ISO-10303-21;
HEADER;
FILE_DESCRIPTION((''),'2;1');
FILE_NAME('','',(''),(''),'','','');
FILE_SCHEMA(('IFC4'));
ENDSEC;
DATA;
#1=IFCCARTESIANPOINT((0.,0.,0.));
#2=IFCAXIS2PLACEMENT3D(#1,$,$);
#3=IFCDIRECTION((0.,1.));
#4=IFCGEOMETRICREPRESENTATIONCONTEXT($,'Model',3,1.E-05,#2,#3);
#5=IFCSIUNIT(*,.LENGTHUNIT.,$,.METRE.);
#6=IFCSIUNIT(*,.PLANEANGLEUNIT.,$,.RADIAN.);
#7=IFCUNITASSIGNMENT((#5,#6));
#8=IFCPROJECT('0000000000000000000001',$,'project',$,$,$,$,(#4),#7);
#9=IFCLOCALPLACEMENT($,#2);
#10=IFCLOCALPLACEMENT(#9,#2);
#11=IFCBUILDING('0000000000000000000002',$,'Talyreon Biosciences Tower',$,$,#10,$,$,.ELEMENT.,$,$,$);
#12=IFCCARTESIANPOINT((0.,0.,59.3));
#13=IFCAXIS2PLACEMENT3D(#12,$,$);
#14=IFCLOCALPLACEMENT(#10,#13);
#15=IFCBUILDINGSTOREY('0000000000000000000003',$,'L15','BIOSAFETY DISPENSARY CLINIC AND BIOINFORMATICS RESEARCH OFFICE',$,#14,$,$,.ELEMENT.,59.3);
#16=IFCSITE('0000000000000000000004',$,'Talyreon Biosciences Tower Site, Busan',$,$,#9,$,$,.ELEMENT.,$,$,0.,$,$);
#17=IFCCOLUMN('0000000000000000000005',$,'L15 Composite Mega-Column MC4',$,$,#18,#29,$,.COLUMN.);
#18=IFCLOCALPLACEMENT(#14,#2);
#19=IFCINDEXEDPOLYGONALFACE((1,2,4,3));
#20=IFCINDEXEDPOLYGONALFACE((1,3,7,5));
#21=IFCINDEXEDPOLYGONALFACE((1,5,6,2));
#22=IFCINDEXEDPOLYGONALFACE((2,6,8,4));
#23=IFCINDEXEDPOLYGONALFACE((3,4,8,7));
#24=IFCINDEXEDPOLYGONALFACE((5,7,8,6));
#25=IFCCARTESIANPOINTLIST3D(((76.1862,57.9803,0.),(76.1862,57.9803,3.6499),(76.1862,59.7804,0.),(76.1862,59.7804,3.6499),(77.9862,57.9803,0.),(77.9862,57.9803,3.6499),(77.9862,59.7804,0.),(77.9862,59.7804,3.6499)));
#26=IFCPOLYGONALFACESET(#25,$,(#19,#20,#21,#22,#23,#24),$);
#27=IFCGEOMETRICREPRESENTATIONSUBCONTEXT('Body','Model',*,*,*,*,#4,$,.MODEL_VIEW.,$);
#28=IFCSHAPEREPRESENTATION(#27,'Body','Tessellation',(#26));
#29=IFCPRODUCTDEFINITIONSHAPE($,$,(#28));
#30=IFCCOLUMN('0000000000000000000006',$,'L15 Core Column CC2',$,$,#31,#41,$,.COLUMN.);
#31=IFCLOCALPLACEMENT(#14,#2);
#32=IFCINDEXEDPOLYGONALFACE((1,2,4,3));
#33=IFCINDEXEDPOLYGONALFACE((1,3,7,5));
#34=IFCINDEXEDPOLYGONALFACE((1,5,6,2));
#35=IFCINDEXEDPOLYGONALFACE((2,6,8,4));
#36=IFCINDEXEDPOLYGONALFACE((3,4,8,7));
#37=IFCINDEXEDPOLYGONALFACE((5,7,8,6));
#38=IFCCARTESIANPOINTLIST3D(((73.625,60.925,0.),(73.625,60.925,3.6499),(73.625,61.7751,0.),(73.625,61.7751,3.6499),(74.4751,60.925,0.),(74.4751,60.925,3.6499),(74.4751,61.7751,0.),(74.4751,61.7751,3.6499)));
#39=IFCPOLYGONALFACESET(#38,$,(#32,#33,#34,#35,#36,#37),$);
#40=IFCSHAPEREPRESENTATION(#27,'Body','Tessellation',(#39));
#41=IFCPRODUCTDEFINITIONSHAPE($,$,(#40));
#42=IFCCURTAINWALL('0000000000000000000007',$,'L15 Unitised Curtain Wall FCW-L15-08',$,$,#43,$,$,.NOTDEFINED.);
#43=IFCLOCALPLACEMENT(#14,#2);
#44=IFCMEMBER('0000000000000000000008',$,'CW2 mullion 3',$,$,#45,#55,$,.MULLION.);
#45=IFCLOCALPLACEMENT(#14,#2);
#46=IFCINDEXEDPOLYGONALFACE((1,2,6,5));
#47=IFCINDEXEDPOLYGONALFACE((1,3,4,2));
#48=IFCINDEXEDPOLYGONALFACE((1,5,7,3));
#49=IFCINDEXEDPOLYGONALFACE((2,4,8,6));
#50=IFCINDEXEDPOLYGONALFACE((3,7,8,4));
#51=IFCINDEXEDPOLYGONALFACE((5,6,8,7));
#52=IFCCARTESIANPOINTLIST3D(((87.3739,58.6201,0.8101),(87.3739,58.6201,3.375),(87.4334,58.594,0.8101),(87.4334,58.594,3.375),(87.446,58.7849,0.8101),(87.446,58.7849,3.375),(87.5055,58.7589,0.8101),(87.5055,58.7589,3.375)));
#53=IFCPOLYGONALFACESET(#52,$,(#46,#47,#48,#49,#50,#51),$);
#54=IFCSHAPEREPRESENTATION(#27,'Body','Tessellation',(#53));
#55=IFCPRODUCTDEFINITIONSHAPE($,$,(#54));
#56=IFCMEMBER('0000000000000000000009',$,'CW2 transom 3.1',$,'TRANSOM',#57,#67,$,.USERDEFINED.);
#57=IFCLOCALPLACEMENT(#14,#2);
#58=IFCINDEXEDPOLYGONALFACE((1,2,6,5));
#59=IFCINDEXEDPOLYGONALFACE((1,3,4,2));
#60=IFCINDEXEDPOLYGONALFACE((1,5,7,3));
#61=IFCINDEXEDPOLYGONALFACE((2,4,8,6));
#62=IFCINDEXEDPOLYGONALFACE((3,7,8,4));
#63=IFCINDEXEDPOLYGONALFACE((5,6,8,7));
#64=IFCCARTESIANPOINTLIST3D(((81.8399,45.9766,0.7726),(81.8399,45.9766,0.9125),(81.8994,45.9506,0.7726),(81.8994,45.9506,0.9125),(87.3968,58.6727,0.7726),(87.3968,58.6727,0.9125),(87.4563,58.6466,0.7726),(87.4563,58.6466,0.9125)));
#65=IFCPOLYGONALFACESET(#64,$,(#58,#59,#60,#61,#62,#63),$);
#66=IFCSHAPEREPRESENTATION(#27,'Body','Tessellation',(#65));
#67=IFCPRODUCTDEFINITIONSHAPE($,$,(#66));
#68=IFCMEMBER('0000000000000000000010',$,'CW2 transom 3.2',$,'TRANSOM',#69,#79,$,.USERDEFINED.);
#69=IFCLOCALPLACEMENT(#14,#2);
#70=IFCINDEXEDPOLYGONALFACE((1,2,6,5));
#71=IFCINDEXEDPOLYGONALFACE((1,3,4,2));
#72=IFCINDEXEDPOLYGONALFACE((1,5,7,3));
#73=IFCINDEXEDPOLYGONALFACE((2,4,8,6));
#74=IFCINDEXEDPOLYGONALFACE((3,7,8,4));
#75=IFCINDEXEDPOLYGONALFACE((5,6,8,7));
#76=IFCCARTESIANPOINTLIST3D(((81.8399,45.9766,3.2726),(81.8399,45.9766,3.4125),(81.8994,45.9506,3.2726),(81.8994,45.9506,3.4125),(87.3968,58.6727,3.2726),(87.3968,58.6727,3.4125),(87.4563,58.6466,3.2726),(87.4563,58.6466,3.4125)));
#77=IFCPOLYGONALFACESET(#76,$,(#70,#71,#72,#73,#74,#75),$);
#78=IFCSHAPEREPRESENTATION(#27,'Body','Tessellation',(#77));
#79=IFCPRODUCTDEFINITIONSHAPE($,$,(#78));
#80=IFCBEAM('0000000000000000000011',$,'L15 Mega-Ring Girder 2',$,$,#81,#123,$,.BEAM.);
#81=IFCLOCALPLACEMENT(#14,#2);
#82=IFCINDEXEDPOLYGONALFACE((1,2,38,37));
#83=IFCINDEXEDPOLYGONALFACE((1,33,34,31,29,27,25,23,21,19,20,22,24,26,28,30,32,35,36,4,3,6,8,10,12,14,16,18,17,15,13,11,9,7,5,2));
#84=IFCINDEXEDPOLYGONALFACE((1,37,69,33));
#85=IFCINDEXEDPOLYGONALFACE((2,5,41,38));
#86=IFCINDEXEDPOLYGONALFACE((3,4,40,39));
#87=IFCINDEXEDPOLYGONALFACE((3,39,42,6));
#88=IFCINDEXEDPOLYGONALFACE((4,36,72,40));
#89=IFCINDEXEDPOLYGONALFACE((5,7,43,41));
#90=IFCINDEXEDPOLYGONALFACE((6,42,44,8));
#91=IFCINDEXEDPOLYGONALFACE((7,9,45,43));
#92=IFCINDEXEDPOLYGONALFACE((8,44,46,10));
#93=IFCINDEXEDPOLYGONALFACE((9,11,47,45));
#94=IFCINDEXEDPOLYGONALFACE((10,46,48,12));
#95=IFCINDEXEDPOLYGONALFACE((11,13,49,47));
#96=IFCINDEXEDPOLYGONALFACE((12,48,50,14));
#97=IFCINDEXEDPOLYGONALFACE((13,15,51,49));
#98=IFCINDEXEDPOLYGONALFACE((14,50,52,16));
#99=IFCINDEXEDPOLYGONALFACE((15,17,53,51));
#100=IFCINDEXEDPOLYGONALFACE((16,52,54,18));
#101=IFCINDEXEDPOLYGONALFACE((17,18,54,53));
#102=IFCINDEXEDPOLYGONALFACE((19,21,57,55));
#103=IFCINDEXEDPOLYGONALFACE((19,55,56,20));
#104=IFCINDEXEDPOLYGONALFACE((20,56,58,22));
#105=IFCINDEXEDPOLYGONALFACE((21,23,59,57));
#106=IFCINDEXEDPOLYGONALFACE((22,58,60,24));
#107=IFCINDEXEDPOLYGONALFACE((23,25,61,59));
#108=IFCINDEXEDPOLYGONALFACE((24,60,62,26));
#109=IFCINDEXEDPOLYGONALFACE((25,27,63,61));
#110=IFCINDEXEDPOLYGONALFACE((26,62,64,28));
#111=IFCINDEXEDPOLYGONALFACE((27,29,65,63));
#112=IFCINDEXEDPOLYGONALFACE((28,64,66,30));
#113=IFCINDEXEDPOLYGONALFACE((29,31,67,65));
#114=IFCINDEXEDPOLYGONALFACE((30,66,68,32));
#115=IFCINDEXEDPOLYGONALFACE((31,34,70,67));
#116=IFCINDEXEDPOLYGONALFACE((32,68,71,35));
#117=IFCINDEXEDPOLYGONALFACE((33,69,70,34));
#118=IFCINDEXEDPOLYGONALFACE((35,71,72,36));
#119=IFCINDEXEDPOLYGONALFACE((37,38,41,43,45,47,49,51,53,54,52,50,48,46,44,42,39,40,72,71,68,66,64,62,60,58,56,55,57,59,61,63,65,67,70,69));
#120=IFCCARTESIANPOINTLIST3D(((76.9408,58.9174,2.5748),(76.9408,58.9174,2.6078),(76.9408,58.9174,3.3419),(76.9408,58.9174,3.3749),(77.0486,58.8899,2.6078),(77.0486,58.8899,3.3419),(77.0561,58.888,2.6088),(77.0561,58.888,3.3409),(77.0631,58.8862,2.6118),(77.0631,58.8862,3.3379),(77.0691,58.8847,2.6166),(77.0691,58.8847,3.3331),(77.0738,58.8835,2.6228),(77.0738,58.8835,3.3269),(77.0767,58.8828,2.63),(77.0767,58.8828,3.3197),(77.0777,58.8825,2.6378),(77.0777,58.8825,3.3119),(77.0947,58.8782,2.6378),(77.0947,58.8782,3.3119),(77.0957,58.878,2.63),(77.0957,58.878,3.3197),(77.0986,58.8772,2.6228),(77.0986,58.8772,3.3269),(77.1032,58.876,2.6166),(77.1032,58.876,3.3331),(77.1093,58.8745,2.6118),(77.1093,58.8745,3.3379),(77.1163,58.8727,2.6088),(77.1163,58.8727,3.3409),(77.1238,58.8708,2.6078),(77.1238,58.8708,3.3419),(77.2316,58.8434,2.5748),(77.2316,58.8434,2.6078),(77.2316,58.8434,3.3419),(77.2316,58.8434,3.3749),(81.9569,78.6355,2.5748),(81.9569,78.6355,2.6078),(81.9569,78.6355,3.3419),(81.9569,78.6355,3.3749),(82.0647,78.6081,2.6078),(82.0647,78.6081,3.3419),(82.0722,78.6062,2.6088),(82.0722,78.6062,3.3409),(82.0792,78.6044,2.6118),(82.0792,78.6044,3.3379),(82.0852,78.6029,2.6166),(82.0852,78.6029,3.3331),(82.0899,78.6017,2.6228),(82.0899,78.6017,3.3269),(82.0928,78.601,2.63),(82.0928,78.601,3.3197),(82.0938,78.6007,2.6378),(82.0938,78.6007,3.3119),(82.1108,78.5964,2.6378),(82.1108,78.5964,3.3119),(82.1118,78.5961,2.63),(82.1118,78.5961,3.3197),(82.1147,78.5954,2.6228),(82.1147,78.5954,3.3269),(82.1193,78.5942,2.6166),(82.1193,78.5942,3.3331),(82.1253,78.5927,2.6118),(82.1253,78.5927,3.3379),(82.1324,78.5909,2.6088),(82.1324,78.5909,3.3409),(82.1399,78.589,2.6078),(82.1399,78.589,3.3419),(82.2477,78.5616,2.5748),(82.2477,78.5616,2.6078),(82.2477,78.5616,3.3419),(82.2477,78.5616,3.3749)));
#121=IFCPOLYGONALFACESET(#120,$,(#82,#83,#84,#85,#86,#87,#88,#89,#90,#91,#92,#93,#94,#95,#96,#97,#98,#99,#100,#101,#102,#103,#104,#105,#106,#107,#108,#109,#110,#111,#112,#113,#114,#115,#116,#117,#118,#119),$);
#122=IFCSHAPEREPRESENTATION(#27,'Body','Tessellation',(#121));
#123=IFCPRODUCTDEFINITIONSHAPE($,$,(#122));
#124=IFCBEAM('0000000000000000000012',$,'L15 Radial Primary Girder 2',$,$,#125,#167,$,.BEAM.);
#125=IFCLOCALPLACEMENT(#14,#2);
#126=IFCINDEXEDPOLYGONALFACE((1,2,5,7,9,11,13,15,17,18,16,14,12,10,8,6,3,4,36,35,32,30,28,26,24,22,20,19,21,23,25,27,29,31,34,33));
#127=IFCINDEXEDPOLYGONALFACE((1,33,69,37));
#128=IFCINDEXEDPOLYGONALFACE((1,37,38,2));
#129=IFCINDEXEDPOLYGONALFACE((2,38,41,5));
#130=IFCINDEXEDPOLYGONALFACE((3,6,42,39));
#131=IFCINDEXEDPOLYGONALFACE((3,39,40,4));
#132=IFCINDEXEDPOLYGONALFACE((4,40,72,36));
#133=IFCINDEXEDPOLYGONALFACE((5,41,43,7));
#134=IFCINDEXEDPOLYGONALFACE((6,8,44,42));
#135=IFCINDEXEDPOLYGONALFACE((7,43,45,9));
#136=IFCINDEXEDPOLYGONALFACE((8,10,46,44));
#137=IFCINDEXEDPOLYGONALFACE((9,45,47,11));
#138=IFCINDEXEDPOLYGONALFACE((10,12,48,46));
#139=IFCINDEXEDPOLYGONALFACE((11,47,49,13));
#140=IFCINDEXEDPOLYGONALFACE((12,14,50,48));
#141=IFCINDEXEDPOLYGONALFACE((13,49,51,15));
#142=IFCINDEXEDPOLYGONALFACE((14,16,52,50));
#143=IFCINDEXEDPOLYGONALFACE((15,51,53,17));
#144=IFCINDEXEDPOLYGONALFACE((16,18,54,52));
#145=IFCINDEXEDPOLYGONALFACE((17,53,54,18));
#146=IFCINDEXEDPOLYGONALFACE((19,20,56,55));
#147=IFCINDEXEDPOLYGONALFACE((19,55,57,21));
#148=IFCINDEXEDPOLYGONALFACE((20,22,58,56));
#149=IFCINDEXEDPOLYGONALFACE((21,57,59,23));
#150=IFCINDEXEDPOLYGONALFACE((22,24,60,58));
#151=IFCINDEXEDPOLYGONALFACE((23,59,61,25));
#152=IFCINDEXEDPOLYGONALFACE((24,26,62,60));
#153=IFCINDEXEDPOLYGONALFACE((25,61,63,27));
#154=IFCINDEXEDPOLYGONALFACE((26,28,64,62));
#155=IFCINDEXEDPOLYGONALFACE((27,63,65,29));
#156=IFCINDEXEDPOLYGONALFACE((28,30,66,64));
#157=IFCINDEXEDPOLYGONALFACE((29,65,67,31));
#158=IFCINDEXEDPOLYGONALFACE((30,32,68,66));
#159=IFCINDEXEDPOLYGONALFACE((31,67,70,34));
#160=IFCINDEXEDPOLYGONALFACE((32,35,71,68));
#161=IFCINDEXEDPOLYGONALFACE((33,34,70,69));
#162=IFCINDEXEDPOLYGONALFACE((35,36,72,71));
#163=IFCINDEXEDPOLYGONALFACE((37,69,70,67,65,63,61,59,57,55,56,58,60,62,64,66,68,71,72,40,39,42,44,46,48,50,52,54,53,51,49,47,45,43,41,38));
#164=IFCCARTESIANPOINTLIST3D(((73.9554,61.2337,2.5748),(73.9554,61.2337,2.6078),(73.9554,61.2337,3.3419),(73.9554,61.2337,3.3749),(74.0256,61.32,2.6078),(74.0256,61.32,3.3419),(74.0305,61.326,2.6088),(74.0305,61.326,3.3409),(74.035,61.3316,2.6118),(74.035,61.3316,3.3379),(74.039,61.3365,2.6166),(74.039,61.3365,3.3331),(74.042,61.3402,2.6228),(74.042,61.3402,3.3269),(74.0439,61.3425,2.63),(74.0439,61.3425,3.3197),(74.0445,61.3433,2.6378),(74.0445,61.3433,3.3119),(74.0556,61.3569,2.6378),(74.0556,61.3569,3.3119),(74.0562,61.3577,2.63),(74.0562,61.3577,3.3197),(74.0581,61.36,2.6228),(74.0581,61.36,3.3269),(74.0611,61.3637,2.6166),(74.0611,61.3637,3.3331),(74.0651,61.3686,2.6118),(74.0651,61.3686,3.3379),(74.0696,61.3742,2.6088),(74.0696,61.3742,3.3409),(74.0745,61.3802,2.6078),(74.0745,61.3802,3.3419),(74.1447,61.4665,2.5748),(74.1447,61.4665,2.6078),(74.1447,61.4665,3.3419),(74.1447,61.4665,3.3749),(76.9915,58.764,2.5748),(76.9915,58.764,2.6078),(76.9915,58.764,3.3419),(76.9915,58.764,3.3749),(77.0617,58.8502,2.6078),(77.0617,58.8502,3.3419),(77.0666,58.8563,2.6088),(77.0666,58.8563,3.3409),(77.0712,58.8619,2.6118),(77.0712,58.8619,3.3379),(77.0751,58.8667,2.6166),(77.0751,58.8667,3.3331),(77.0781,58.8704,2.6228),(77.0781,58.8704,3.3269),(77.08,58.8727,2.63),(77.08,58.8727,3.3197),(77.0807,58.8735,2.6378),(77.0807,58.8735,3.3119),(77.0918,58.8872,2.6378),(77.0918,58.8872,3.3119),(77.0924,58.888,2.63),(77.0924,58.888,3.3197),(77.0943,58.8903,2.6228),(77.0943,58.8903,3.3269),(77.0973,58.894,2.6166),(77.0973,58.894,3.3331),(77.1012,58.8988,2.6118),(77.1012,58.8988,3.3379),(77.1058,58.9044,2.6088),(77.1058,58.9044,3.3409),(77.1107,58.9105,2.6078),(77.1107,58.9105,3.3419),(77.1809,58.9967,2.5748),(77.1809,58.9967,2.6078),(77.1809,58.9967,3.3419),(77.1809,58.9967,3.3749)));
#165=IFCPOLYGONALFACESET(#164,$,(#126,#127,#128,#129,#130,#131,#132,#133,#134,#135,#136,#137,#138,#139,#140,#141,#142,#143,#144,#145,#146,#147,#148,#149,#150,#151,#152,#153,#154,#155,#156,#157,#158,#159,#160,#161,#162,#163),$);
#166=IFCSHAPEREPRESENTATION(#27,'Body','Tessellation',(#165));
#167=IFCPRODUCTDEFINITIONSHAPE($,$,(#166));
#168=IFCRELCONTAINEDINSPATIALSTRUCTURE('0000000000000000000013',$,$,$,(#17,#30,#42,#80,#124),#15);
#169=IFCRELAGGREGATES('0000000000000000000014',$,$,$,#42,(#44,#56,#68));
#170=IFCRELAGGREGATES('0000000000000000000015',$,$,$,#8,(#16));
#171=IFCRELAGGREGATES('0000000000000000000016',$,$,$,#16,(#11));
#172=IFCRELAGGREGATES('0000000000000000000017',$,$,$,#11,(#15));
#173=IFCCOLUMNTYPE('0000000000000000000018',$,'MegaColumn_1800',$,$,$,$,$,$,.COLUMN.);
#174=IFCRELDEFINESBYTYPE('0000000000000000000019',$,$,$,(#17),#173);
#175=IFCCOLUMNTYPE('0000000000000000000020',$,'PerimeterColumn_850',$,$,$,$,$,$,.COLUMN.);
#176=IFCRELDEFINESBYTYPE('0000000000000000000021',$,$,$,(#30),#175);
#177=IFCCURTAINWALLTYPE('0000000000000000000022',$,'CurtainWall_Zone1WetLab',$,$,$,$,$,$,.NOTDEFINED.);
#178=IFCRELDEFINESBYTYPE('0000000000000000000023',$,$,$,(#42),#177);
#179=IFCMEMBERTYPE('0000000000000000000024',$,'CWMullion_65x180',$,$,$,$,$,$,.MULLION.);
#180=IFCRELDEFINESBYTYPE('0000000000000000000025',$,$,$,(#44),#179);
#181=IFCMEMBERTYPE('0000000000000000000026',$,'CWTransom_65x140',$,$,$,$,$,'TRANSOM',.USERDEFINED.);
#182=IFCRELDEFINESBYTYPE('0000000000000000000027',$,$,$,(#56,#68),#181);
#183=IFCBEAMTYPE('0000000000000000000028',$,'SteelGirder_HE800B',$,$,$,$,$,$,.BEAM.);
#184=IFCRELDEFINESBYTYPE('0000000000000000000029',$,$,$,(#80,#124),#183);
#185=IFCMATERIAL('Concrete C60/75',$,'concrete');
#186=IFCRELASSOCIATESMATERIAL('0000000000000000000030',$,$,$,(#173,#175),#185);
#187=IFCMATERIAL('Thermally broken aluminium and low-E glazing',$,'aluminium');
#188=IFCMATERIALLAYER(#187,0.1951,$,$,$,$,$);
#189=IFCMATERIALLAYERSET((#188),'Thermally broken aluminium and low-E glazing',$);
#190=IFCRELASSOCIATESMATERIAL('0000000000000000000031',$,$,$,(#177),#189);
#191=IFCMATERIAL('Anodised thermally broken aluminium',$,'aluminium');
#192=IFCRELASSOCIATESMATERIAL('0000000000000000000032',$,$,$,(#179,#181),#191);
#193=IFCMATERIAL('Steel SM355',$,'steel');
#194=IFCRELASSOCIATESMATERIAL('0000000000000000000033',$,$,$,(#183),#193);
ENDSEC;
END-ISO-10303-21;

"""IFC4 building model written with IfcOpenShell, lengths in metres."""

from ifc_helpers import new_model, si_unit, direction, frame, origin, origin_2d, place, context, subcontext, project, spatial, rectangle, i_section, extrude, material, layer, layer_set, material_profile, profile_set, type_object, element, aggregate, save


model = new_model("IFC4")

# Units and contexts
model_context = context("Model", 3, precision=1e-05, world=origin(), true_north=direction((0.0, 1.0)))
body_context = subcontext(model_context, "Body", "Model", "MODEL_VIEW")
ifc_project = project(units=[si_unit("LENGTHUNIT", "METRE"), si_unit("PLANEANGLEUNIT", "RADIAN")], contexts=[model_context])

# Site, building, storey
site_placement = place(None, origin())
site = spatial("IfcSite", under=ifc_project, at=site_placement, Name="Talyreon Biosciences Tower Site, Busan", CompositionType="ELEMENT", RefElevation=0.0)
building_placement = place(site_placement, origin())
building = spatial("IfcBuilding", under=site, at=building_placement, Name="Talyreon Biosciences Tower", CompositionType="ELEMENT")
storey_placement = place(building_placement, frame((0.0, 0.0, 59.3)))
storey = spatial("IfcBuildingStorey", under=building, at=storey_placement, Name="L15", Description="BIOSAFETY DISPENSARY CLINIC AND BIOINFORMATICS RESEARCH OFFICE", CompositionType="ELEMENT", Elevation=59.3)

# Columns
ifc_material_1 = material(Name="Concrete C60/75", Category="concrete")
ifc_material_profile_1 = material_profile(ifc_material_1, rectangle(XDim=1.8, YDim=1.8, at=origin_2d()), Name="RC 1800x1800")
ifc_profile_set_1 = profile_set([ifc_material_profile_1], Name="Concrete C60/75")
column_type_1 = type_object("IfcColumnType", Name="MegaColumn_1800", PredefinedType="COLUMN", material=ifc_profile_set_1)
column_1_placement = place(storey_placement, frame((77.0862, 58.8804, 0.0), z_axis=(0.0, 0.0, 1.0), x_axis=(1.0, 0.0, 0.0)))
element("IfcColumn", 1, at=column_1_placement, inside=storey, type_object=column_type_1, Name="L15 Composite Mega-Column MC4", PredefinedType="COLUMN", context=body_context, shape_type="SweptSolid", body=[
    extrude(rectangle(XDim=1.8, YDim=1.8, at=origin_2d()), origin(), (0.0, 0.0, 1.0), 3.6499),
])
ifc_material_profile_2 = material_profile(ifc_material_1, rectangle(XDim=0.8501, YDim=0.8501, at=origin_2d()), Name="RC 850x850")
ifc_profile_set_2 = profile_set([ifc_material_profile_2], Name="Concrete C60/75")
column_type_2 = type_object("IfcColumnType", Name="PerimeterColumn_850", PredefinedType="COLUMN", material=ifc_profile_set_2)
column_2_placement = place(storey_placement, frame((74.05, 61.3501, 0.0), z_axis=(0.0, 0.0, 1.0), x_axis=(1.0, 0.0, 0.0)))
element("IfcColumn", 2, at=column_2_placement, inside=storey, type_object=column_type_2, Name="L15 Core Column CC2", PredefinedType="COLUMN", context=body_context, shape_type="SweptSolid", body=[
    extrude(rectangle(XDim=0.8501, YDim=0.8501, at=origin_2d()), origin(), (0.0, 0.0, 1.0), 3.6499),
])

# Curtain wall, members
ifc_material_2 = material(Name="Thermally broken aluminium and low-E glazing", Category="aluminium")
ifc_layer_1 = layer(ifc_material_2, 0.1951)
ifc_layer_set_1 = layer_set([ifc_layer_1], Name="Thermally broken aluminium and low-E glazing")
curtain_wall_type = type_object("IfcCurtainWallType", Name="CurtainWall_Zone1WetLab", PredefinedType="NOTDEFINED", material=ifc_layer_set_1)
curtain_wall_placement = place(storey_placement, origin())
curtain_wall = element("IfcCurtainWall", 3, at=curtain_wall_placement, inside=storey, type_object=curtain_wall_type, Name="L15 Unitised Curtain Wall FCW-L15-08", PredefinedType="NOTDEFINED")
ifc_material_3 = material(Name="Anodised thermally broken aluminium", Category="aluminium")
ifc_material_profile_3 = material_profile(ifc_material_3, rectangle(XDim=0.0649, YDim=0.1799, at=origin_2d()), Name="ALUM MULLION 65x180")
ifc_profile_set_3 = profile_set([ifc_material_profile_3], Name="Anodised thermally broken aluminium")
member_type_1 = type_object("IfcMemberType", Name="CWMullion_65x180", PredefinedType="MULLION", material=ifc_profile_set_3)
member_1_placement = place(storey_placement, frame((87.4397, 58.6895, 0.8101), z_axis=(0.0, 0.0, 1.0), x_axis=(0.916092, -0.400968, 0.0)))
member_1 = element("IfcMember", 4, at=member_1_placement, type_object=member_type_1, Name="CW2 mullion 3", PredefinedType="MULLION", context=body_context, shape_type="SweptSolid", body=[
    extrude(rectangle(XDim=0.0649, YDim=0.1799, at=origin_2d()), origin(), (0.0, 0.0, 1.0), 2.5649),
])
ifc_material_profile_4 = material_profile(ifc_material_3, rectangle(XDim=0.0649, YDim=0.1399, at=origin_2d()), Name="ALUM TRANSOM 65x140")
ifc_profile_set_4 = profile_set([ifc_material_profile_4], Name="Anodised thermally broken aluminium")
member_type_2 = type_object("IfcMemberType", Name="CWTransom_65x140", ElementType="TRANSOM", PredefinedType="USERDEFINED", material=ifc_profile_set_4)
member_2_placement = place(storey_placement, frame((87.4265, 58.6597, 0.8425), z_axis=(-0.400962, -0.916095, 0.0), x_axis=(0.916095, -0.400962, 0.0)))
member_2 = element("IfcMember", 5, at=member_2_placement, type_object=member_type_2, Name="CW2 transom 3.1", ObjectType="TRANSOM", PredefinedType="USERDEFINED", context=body_context, shape_type="SweptSolid", body=[
    extrude(rectangle(XDim=0.0649, YDim=0.1399, at=origin_2d()), origin(), (0.0, 0.0, 1.0), 13.8589),
])
member_3_placement = place(storey_placement, frame((87.4265, 58.6597, 3.3425), z_axis=(-0.400962, -0.916095, 0.0), x_axis=(0.916095, -0.400962, 0.0)))
member_3 = element("IfcMember", 6, at=member_3_placement, type_object=member_type_2, Name="CW2 transom 3.2", ObjectType="TRANSOM", PredefinedType="USERDEFINED", context=body_context, shape_type="SweptSolid", body=[
    extrude(rectangle(XDim=0.0649, YDim=0.1399, at=origin_2d()), origin(), (0.0, 0.0, 1.0), 13.8589),
])

# Beams
ifc_material_4 = material(Name="Steel SM355", Category="steel")
ifc_material_profile_5 = material_profile(ifc_material_4, i_section(OverallWidth=0.3, OverallDepth=0.8, WebThickness=0.0176, FlangeThickness=0.033, FilletRadius=0.03, at=origin_2d()), Name="HE800B")
ifc_profile_set_5 = profile_set([ifc_material_profile_5], Name="Steel SM355")
beam_type_1 = type_object("IfcBeamType", Name="SteelGirder_HE800B", PredefinedType="BEAM", material=ifc_profile_set_5)
beam_1_placement = place(storey_placement, frame((77.0862, 58.8804, 2.9749), z_axis=(0.246537, 0.969133, 0.0), x_axis=(-0.969133, 0.246537, 0.0)))
element("IfcBeam", 7, at=beam_1_placement, inside=storey, type_object=beam_type_1, Name="L15 Mega-Ring Girder 2", PredefinedType="BEAM", context=body_context, shape_type="SweptSolid", body=[
    extrude(i_section(OverallWidth=0.3, OverallDepth=0.8, WebThickness=0.0176, FlangeThickness=0.033, FilletRadius=0.03, at=origin_2d()), origin(), (0.0, 0.0, 1.0), 20.3462),
])
beam_2_placement = place(storey_placement, frame((74.05, 61.3501, 2.9749), z_axis=(0.775755, -0.631034, 0.0), x_axis=(0.631034, 0.775755, 0.0)))
element("IfcBeam", 8, at=beam_2_placement, inside=storey, type_object=beam_type_1, Name="L15 Radial Primary Girder 2", PredefinedType="BEAM", context=body_context, shape_type="SweptSolid", body=[
    extrude(i_section(OverallWidth=0.3, OverallDepth=0.8, WebThickness=0.0176, FlangeThickness=0.033, FilletRadius=0.03, at=origin_2d()), origin(), (0.0, 0.0, 1.0), 3.9138),
])

aggregate(curtain_wall, [member_1, member_2, member_3])

save(model, "model.ifc")
